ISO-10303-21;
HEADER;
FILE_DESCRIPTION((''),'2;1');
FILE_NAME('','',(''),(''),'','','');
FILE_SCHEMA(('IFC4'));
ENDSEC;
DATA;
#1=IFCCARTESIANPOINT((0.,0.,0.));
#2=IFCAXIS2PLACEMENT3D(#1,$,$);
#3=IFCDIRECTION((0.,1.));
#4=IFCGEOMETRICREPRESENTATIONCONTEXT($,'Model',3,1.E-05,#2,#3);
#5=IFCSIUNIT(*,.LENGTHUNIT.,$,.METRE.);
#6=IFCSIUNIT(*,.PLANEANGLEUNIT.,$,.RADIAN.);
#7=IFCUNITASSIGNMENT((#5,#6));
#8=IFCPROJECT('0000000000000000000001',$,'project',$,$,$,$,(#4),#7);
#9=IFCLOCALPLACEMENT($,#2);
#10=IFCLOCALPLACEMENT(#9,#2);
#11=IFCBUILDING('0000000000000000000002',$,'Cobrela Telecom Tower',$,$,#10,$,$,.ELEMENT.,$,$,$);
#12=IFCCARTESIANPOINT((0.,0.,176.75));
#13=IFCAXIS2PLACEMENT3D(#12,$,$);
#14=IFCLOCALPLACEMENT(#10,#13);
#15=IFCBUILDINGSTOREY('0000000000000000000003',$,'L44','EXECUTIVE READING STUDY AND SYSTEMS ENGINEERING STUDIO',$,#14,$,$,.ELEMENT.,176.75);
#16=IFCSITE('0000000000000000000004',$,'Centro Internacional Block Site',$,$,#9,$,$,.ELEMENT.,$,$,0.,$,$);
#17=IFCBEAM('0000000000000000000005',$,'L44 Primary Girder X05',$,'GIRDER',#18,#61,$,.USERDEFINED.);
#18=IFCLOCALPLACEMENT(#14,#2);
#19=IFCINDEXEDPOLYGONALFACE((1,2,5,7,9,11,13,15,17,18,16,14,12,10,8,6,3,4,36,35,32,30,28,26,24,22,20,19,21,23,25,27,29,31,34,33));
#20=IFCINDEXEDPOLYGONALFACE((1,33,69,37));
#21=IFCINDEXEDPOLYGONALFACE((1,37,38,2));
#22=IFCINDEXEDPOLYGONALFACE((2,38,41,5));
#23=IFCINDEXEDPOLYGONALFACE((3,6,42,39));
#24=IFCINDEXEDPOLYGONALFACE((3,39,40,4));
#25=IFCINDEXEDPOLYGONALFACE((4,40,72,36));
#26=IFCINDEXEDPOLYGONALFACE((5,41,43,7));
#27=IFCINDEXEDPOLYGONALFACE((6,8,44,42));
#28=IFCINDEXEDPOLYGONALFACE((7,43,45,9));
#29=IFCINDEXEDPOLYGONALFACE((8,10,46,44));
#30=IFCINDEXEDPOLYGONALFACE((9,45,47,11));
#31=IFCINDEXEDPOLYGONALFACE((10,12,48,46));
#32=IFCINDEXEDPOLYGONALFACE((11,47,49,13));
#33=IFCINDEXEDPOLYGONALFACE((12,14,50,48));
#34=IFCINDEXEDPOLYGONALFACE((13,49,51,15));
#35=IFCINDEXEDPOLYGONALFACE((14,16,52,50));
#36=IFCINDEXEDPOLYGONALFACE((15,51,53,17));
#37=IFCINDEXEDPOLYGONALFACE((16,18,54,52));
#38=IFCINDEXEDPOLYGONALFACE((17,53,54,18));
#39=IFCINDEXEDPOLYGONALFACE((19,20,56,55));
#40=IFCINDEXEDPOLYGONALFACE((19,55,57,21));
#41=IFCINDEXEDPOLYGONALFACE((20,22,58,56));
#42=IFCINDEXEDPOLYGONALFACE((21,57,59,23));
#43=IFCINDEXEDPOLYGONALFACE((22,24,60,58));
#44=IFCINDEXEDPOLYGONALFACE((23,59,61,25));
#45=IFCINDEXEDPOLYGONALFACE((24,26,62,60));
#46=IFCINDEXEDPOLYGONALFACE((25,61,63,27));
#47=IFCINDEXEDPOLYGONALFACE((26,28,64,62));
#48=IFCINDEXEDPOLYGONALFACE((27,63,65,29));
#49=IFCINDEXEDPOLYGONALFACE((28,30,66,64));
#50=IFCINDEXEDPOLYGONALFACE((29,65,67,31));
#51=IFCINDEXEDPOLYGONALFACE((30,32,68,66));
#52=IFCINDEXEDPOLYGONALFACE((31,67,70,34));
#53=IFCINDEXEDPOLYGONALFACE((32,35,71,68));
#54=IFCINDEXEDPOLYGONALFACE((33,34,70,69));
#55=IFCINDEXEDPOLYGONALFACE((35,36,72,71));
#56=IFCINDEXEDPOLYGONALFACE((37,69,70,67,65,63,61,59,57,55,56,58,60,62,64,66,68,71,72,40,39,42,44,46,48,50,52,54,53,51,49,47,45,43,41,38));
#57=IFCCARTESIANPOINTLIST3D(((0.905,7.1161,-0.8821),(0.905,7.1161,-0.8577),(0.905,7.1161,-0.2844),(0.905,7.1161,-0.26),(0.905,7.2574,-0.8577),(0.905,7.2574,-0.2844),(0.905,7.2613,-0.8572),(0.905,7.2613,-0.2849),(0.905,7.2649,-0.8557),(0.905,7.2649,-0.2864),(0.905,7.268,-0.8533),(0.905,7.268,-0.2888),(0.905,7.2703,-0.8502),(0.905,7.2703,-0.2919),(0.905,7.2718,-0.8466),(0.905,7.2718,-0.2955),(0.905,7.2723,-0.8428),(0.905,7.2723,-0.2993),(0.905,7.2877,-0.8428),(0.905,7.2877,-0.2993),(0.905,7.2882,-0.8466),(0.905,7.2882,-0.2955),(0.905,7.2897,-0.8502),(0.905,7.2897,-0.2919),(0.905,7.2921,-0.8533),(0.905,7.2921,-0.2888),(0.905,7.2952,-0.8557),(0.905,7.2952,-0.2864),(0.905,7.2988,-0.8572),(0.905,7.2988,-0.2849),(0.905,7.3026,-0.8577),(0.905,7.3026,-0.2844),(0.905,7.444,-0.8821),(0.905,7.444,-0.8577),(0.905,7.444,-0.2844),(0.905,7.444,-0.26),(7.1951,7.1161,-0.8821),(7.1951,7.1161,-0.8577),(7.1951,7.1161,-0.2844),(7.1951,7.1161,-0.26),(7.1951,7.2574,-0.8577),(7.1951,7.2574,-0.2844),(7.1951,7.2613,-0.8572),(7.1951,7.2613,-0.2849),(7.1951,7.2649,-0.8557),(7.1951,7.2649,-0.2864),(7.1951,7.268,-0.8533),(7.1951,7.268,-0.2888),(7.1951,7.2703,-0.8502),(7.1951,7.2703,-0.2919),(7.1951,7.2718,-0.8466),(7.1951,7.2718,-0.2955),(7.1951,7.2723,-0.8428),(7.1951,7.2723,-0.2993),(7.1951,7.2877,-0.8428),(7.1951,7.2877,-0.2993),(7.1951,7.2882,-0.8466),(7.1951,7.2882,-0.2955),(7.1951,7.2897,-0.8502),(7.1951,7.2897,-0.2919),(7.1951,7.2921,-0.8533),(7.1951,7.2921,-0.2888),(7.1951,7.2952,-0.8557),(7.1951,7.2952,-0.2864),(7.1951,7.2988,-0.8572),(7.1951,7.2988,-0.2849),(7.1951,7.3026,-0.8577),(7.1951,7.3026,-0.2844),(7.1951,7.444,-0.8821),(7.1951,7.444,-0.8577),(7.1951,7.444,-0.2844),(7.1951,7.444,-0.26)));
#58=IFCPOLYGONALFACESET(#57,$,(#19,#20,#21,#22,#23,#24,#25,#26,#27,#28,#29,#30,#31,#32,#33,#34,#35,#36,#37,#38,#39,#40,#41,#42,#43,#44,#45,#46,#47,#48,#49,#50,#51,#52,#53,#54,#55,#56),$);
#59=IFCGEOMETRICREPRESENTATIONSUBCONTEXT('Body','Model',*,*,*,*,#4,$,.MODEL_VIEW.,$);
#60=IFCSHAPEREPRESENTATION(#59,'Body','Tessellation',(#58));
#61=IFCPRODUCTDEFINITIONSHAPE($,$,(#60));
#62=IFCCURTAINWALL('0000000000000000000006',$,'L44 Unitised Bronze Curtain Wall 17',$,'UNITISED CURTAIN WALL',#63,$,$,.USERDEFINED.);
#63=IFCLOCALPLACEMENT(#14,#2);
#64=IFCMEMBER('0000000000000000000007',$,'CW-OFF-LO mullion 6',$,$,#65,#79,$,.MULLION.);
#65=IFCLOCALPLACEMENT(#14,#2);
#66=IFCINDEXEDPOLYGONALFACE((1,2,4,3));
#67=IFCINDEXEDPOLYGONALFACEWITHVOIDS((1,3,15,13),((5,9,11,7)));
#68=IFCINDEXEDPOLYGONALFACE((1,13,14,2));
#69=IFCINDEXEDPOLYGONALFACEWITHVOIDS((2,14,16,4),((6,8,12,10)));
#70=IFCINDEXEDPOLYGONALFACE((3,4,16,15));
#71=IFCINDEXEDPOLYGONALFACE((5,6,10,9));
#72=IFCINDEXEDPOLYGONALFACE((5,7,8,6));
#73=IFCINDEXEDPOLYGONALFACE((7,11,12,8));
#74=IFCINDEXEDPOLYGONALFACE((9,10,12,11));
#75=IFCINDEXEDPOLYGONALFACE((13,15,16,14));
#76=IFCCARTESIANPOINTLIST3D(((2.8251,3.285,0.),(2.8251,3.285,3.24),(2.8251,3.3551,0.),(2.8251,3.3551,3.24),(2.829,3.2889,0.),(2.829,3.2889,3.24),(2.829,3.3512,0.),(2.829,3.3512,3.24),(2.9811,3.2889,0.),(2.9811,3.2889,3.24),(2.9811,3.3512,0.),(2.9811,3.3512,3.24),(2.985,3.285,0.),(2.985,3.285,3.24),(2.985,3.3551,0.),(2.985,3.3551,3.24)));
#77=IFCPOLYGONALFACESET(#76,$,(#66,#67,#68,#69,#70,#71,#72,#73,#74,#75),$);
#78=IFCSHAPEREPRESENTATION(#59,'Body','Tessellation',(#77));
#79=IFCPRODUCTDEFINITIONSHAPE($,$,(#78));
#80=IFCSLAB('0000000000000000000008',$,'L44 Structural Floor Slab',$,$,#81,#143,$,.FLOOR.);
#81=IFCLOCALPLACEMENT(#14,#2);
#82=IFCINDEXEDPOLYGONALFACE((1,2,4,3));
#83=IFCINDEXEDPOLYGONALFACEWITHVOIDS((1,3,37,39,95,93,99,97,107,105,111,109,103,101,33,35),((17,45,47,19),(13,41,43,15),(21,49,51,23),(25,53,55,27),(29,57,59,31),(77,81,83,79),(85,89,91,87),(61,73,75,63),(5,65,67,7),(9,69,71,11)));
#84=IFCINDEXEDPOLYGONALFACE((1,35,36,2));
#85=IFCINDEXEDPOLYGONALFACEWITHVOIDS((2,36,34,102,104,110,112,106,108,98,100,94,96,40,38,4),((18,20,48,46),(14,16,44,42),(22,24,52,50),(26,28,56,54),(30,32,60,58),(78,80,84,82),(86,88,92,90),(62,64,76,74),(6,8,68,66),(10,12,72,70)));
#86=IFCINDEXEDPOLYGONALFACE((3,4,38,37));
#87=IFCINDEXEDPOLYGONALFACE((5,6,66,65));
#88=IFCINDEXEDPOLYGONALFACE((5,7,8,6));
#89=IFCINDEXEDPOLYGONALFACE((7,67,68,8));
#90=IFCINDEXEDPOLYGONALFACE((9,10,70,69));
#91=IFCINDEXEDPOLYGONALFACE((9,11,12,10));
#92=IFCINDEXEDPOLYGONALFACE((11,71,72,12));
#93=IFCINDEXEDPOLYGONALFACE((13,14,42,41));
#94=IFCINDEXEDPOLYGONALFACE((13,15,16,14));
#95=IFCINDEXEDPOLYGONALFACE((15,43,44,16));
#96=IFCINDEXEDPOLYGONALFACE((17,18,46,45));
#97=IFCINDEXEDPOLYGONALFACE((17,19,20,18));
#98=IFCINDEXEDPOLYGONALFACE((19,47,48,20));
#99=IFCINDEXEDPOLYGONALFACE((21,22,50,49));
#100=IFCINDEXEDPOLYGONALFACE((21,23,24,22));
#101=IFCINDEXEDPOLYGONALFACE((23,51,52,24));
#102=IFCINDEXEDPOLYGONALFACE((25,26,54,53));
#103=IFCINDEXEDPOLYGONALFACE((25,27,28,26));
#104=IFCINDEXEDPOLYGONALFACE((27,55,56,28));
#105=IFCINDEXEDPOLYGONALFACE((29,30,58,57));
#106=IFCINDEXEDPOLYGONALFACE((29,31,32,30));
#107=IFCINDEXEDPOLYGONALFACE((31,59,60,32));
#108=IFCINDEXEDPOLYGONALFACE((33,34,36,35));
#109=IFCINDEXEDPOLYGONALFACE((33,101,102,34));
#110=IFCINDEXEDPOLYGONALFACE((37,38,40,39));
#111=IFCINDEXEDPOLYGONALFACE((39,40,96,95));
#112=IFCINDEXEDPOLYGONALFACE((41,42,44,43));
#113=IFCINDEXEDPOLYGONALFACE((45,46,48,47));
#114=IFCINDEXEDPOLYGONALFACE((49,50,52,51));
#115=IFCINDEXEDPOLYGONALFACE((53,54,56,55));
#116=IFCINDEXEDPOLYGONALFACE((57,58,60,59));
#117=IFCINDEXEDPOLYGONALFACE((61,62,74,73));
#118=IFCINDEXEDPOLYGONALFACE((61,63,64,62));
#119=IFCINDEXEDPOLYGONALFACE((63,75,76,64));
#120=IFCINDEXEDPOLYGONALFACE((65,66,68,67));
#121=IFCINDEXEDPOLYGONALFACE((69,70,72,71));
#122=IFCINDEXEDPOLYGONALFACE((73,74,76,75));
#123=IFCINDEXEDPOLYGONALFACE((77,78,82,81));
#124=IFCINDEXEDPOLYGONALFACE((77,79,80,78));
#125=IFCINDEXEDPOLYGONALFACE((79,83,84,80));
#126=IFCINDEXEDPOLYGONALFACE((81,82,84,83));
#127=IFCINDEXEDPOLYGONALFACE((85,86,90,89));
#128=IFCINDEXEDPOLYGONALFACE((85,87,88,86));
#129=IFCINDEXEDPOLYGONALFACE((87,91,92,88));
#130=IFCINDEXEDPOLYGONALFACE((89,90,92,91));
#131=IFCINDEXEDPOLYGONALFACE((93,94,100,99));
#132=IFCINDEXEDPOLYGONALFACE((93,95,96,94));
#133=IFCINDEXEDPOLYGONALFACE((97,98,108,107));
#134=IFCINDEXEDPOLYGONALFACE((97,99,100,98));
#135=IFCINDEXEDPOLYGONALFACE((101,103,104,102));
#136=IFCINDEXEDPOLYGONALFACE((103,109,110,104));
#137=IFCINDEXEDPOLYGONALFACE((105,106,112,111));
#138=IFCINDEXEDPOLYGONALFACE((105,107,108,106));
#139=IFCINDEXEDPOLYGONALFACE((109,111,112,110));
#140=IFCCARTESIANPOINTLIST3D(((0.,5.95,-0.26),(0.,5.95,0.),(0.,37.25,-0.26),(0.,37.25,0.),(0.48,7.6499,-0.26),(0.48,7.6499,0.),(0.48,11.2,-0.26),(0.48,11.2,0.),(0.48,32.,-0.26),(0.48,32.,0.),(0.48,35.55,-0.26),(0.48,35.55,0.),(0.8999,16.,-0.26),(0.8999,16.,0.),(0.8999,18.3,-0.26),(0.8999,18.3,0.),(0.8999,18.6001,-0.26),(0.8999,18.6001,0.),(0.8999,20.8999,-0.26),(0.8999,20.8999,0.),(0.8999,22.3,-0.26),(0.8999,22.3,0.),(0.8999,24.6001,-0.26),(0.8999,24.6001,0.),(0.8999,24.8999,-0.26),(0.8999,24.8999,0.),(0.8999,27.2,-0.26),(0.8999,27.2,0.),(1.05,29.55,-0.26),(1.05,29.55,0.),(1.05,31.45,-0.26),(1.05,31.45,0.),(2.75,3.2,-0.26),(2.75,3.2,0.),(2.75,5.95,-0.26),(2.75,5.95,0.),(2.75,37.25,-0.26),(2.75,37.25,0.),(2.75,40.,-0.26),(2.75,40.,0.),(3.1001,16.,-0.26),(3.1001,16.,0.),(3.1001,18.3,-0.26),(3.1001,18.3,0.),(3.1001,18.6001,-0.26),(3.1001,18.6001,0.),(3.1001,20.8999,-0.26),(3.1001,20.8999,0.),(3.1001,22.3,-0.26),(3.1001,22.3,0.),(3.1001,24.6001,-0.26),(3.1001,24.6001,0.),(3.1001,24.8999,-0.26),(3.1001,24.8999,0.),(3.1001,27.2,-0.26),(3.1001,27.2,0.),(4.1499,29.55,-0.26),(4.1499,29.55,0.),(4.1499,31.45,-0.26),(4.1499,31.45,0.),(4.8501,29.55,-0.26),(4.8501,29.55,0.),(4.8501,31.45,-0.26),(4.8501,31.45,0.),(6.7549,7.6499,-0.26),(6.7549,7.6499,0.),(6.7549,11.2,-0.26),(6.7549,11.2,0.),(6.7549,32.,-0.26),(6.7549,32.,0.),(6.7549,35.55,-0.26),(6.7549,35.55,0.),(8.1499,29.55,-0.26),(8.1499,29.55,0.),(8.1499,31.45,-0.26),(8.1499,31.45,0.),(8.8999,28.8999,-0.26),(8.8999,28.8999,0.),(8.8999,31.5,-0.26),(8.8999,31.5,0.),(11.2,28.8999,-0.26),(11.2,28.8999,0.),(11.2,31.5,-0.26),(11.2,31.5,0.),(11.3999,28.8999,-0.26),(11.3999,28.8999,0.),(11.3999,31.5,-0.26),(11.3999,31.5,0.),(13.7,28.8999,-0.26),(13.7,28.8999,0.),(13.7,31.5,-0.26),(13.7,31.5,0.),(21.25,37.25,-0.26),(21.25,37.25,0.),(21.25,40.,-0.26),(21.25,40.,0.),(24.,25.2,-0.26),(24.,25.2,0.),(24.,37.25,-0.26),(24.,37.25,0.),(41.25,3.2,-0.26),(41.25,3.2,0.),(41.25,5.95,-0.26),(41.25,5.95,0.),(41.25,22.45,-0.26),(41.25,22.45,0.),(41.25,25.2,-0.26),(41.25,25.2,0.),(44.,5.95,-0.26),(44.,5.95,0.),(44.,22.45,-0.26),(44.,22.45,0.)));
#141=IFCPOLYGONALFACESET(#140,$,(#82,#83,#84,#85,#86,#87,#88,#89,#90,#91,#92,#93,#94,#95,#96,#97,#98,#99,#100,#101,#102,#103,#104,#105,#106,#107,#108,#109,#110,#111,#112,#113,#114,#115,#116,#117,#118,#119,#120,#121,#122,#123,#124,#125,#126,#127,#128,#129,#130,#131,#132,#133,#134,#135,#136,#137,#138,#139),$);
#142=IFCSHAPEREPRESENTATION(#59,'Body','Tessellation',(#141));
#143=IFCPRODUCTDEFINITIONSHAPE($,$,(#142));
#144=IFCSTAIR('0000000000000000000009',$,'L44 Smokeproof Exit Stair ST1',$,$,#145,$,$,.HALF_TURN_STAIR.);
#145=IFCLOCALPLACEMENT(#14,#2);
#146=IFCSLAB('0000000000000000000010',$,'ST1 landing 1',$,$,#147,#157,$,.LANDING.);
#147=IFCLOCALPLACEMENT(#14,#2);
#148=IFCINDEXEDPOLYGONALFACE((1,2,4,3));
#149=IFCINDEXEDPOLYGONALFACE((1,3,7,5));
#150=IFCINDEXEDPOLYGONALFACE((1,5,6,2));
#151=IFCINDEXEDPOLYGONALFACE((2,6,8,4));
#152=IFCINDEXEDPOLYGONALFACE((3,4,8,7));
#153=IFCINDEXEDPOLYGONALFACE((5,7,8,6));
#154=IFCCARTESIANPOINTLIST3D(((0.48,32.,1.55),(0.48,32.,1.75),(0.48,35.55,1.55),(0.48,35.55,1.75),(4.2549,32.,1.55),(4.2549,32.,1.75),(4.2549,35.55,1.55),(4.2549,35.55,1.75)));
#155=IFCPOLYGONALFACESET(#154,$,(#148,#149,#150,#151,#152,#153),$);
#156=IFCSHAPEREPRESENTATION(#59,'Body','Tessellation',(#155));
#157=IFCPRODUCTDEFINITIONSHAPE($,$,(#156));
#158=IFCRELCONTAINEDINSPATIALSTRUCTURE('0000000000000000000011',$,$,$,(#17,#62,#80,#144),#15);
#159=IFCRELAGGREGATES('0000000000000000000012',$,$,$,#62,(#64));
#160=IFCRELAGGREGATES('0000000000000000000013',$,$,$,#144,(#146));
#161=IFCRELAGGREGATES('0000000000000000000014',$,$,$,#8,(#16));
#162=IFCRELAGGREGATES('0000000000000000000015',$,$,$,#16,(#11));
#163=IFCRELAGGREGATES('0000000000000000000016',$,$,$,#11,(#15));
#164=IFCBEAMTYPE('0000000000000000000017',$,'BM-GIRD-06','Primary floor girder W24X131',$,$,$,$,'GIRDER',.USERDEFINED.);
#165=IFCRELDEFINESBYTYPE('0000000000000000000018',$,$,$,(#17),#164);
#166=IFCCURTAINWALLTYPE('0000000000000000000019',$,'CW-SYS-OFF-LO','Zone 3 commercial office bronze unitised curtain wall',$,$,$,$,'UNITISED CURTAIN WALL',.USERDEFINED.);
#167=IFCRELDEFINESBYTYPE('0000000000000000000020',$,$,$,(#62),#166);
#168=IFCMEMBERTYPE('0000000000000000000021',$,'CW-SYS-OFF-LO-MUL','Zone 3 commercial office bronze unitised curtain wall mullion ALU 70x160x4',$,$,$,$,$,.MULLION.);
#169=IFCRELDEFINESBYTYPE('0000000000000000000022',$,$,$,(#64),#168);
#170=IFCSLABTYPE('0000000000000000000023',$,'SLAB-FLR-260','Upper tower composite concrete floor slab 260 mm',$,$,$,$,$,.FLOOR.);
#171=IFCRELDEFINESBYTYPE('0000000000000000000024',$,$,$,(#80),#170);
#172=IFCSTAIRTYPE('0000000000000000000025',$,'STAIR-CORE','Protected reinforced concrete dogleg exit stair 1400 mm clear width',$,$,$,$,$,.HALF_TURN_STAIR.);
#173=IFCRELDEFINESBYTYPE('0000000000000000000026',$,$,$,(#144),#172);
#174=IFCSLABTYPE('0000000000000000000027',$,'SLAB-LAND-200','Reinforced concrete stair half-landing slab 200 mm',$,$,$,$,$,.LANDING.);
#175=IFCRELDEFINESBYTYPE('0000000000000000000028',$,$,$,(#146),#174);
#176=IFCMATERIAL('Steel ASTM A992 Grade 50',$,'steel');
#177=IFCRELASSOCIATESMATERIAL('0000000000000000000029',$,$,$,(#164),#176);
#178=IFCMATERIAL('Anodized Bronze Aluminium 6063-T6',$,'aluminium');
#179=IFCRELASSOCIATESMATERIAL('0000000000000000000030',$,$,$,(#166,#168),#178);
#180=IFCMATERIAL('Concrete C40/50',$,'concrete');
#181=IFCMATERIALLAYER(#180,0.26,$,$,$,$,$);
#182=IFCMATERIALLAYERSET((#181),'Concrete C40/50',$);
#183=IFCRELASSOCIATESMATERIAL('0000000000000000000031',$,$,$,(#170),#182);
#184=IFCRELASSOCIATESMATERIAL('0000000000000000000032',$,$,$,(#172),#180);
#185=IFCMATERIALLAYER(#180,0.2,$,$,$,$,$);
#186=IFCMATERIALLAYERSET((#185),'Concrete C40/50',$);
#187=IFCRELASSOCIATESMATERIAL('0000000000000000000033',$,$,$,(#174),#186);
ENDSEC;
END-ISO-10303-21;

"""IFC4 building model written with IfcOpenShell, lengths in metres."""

from ifc_helpers import new_model, si_unit, direction, frame, origin, origin_2d, place, context, subcontext, project, spatial, polyline, hollow_rectangle, i_section, outline, extrude, material, layer, layer_set, material_profile, profile_set, type_object, element, aggregate, save


model = new_model("IFC4")

# Units and contexts
model_context = context("Model", 3, precision=1e-05, world=origin(), true_north=direction((0.0, 1.0)))
body_context = subcontext(model_context, "Body", "Model", "MODEL_VIEW")
ifc_project = project(units=[si_unit("LENGTHUNIT", "METRE"), si_unit("PLANEANGLEUNIT", "RADIAN")], contexts=[model_context])

# Site, building, storey
site_placement = place(None, origin())
site = spatial("IfcSite", under=ifc_project, at=site_placement, Name="Centro Internacional Block Site", CompositionType="ELEMENT", RefElevation=0.0)
building_placement = place(site_placement, origin())
building = spatial("IfcBuilding", under=site, at=building_placement, Name="Cobrela Telecom Tower", CompositionType="ELEMENT")
storey_placement = place(building_placement, frame((0.0, 0.0, 176.75)))
storey = spatial("IfcBuildingStorey", under=building, at=storey_placement, Name="L44", Description="EXECUTIVE READING STUDY AND SYSTEMS ENGINEERING STUDIO", CompositionType="ELEMENT", Elevation=176.75)

# Beam
ifc_material_1 = material(Name="Steel ASTM A992 Grade 50", Category="steel")
ifc_material_profile_1 = material_profile(ifc_material_1, i_section(OverallWidth=0.3279, OverallDepth=0.6221, WebThickness=0.0154, FlangeThickness=0.0244, FilletRadius=0.0149, at=origin_2d()), Name="W24X131")
ifc_profile_set_1 = profile_set([ifc_material_profile_1], Name="Steel ASTM A992 Grade 50")
beam_type = type_object("IfcBeamType", Name="BM-GIRD-06", Description="Primary floor girder W24X131", ElementType="GIRDER", PredefinedType="USERDEFINED", material=ifc_profile_set_1)
beam_placement = place(storey_placement, frame((0.905, 7.28, -0.571), z_axis=(1.0, 0.0, 0.0), x_axis=(0.0, 1.0, 0.0)))
element("IfcBeam", 1, at=beam_placement, inside=storey, type_object=beam_type, Name="L44 Primary Girder X05", ObjectType="GIRDER", PredefinedType="USERDEFINED", context=body_context, shape_type="SweptSolid", body=[
    extrude(i_section(OverallWidth=0.3279, OverallDepth=0.6221, WebThickness=0.0154, FlangeThickness=0.0244, FilletRadius=0.0149, at=origin_2d()), origin(), (0.0, 0.0, 1.0), 6.29),
])

# Curtain wall, member
ifc_material_2 = material(Name="Anodized Bronze Aluminium 6063-T6", Category="aluminium")
curtain_wall_type = type_object("IfcCurtainWallType", Name="CW-SYS-OFF-LO", Description="Zone 3 commercial office bronze unitised curtain wall", ElementType="UNITISED CURTAIN WALL", PredefinedType="USERDEFINED", material=ifc_material_2)
curtain_wall_placement = place(storey_placement, origin())
curtain_wall = element("IfcCurtainWall", 2, at=curtain_wall_placement, inside=storey, type_object=curtain_wall_type, Name="L44 Unitised Bronze Curtain Wall 17", ObjectType="UNITISED CURTAIN WALL", PredefinedType="USERDEFINED")
ifc_material_profile_2 = material_profile(ifc_material_2, hollow_rectangle(XDim=0.0701, YDim=0.1599, WallThickness=0.0039, at=origin_2d()), Name="ALU 70x160x4")
ifc_profile_set_2 = profile_set([ifc_material_profile_2], Name="Anodized Bronze Aluminium 6063-T6")
member_type = type_object("IfcMemberType", Name="CW-SYS-OFF-LO-MUL", Description="Zone 3 commercial office bronze unitised curtain wall mullion ALU 70x160x4", PredefinedType="MULLION", material=ifc_profile_set_2)
member_placement = place(storey_placement, frame((2.905, 3.3201, 0.0), z_axis=(0.0, 0.0, 1.0), x_axis=(0.0, -1.0, 0.0)))
member = element("IfcMember", 3, at=member_placement, type_object=member_type, Name="CW-OFF-LO mullion 6", PredefinedType="MULLION", context=body_context, shape_type="SweptSolid", body=[
    extrude(hollow_rectangle(XDim=0.0701, YDim=0.1599, WallThickness=0.0039, at=origin_2d()), origin(), (0.0, 0.0, 1.0), 3.24),
])
aggregate(curtain_wall, [member])

# Slab, openings
ifc_material_3 = material(Name="Concrete C40/50", Category="concrete")
ifc_layer_1 = layer(ifc_material_3, 0.26)
ifc_layer_set_1 = layer_set([ifc_layer_1], Name="Concrete C40/50")
slab_type_1 = type_object("IfcSlabType", Name="SLAB-FLR-260", Description="Upper tower composite concrete floor slab 260 mm", PredefinedType="FLOOR", material=ifc_layer_set_1)
slab_1_placement = place(storey_placement, frame((0.0, 0.0, -0.26)))
slab_1 = element("IfcSlab", 4, at=slab_1_placement, inside=storey, type_object=slab_type_1, Name="L44 Structural Floor Slab", PredefinedType="FLOOR", context=body_context, shape_type="SweptSolid", body=[
    extrude(outline(polyline([(2.75, 3.2), (41.25, 3.2), (41.25, 5.95), (44.0, 5.95), (44.0, 22.45), (41.25, 22.45), (41.25, 25.2), (24.0, 25.2), (24.0, 37.25), (21.25, 37.25), (21.25, 40.0), (2.75, 40.0), (2.75, 37.25), (0.0, 37.25), (0.0, 5.95), (2.75, 5.95), (2.75, 3.2)])), origin(), (0.0, 0.0, 1.0), 0.26),
])
opening_1_placement = place(slab_1_placement, frame((0.0, 0.0, -0.02)))
element("IfcOpeningElement", 5, at=opening_1_placement, cuts=slab_1, PredefinedType="OPENING", context=body_context, shape_type="SweptSolid", body=[
    extrude(outline(polyline([(8.8999, 28.8999), (11.2, 28.8999), (11.2, 31.5), (8.8999, 31.5), (8.8999, 28.8999)])), origin(), (0.0, 0.0, 1.0), 0.3),
])
opening_2_placement = place(slab_1_placement, frame((0.0, 0.0, -0.02)))
element("IfcOpeningElement", 6, at=opening_2_placement, cuts=slab_1, PredefinedType="OPENING", context=body_context, shape_type="SweptSolid", body=[
    extrude(outline(polyline([(11.3999, 28.8999), (13.7, 28.8999), (13.7, 31.5), (11.3999, 31.5), (11.3999, 28.8999)])), origin(), (0.0, 0.0, 1.0), 0.3),
])
opening_3_placement = place(slab_1_placement, frame((0.0, 0.0, -0.02)))
element("IfcOpeningElement", 7, at=opening_3_placement, cuts=slab_1, PredefinedType="OPENING", context=body_context, shape_type="SweptSolid", body=[
    extrude(outline(polyline([(0.8999, 16.0), (3.1001, 16.0), (3.1001, 18.3), (0.8999, 18.3), (0.8999, 16.0)])), origin(), (0.0, 0.0, 1.0), 0.3),
])
opening_4_placement = place(slab_1_placement, frame((0.0, 0.0, -0.02)))
element("IfcOpeningElement", 8, at=opening_4_placement, cuts=slab_1, PredefinedType="OPENING", context=body_context, shape_type="SweptSolid", body=[
    extrude(outline(polyline([(0.8999, 18.6001), (3.1001, 18.6001), (3.1001, 20.8999), (0.8999, 20.8999), (0.8999, 18.6001)])), origin(), (0.0, 0.0, 1.0), 0.3),
])
opening_5_placement = place(slab_1_placement, frame((0.0, 0.0, -0.02)))
element("IfcOpeningElement", 9, at=opening_5_placement, cuts=slab_1, PredefinedType="OPENING", context=body_context, shape_type="SweptSolid", body=[
    extrude(outline(polyline([(0.8999, 22.3), (3.1001, 22.3), (3.1001, 24.6001), (0.8999, 24.6001), (0.8999, 22.3)])), origin(), (0.0, 0.0, 1.0), 0.3),
])
opening_6_placement = place(slab_1_placement, frame((0.0, 0.0, -0.02)))
element("IfcOpeningElement", 10, at=opening_6_placement, cuts=slab_1, PredefinedType="OPENING", context=body_context, shape_type="SweptSolid", body=[
    extrude(outline(polyline([(0.8999, 24.8999), (3.1001, 24.8999), (3.1001, 27.2), (0.8999, 27.2), (0.8999, 24.8999)])), origin(), (0.0, 0.0, 1.0), 0.3),
])
opening_7_placement = place(slab_1_placement, frame((0.0, 0.0, -0.02)))
element("IfcOpeningElement", 11, at=opening_7_placement, cuts=slab_1, PredefinedType="OPENING", context=body_context, shape_type="SweptSolid", body=[
    extrude(outline(polyline([(1.05, 29.55), (4.1499, 29.55), (4.1499, 31.45), (1.05, 31.45), (1.05, 29.55)])), origin(), (0.0, 0.0, 1.0), 0.3),
])
opening_8_placement = place(slab_1_placement, frame((0.0, 0.0, -0.02)))
element("IfcOpeningElement", 12, at=opening_8_placement, cuts=slab_1, PredefinedType="OPENING", context=body_context, shape_type="SweptSolid", body=[
    extrude(outline(polyline([(4.8501, 29.55), (8.1499, 29.55), (8.1499, 31.45), (4.8501, 31.45), (4.8501, 29.55)])), origin(), (0.0, 0.0, 1.0), 0.3),
])
opening_9_placement = place(slab_1_placement, frame((0.0, 0.0, -0.02)))
element("IfcOpeningElement", 13, at=opening_9_placement, cuts=slab_1, PredefinedType="OPENING", context=body_context, shape_type="SweptSolid", body=[
    extrude(outline(polyline([(6.7549, 35.55), (0.48, 35.55), (0.48, 32.0), (6.7549, 32.0), (6.7549, 35.55)])), origin(), (0.0, 0.0, 1.0), 0.3),
])
opening_10_placement = place(slab_1_placement, frame((0.0, 0.0, -0.02)))
element("IfcOpeningElement", 14, at=opening_10_placement, cuts=slab_1, PredefinedType="OPENING", context=body_context, shape_type="SweptSolid", body=[
    extrude(outline(polyline([(6.7549, 11.2), (0.48, 11.2), (0.48, 7.6499), (6.7549, 7.6499), (6.7549, 11.2)])), origin(), (0.0, 0.0, 1.0), 0.3),
])

# Stair, slab
stair_type = type_object("IfcStairType", Name="STAIR-CORE", Description="Protected reinforced concrete dogleg exit stair 1400 mm clear width", PredefinedType="HALF_TURN_STAIR", material=ifc_material_3)
stair_1_placement = place(storey_placement, origin())
stair_1 = element("IfcStair", 15, at=stair_1_placement, inside=storey, type_object=stair_type, Name="L44 Smokeproof Exit Stair ST1", PredefinedType="HALF_TURN_STAIR")
ifc_layer_2 = layer(ifc_material_3, 0.2)
ifc_layer_set_2 = layer_set([ifc_layer_2], Name="Concrete C40/50")
slab_type_2 = type_object("IfcSlabType", Name="SLAB-LAND-200", Description="Reinforced concrete stair half-landing slab 200 mm", PredefinedType="LANDING", material=ifc_layer_set_2)
slab_2_placement = place(storey_placement, frame((0.0, 0.0, 1.55)))
slab_2 = element("IfcSlab", 16, at=slab_2_placement, type_object=slab_type_2, Name="ST1 landing 1", PredefinedType="LANDING", context=body_context, shape_type="SweptSolid", body=[
    extrude(outline(polyline([(4.2549, 35.55), (0.48, 35.55), (0.48, 32.0), (4.2549, 32.0), (4.2549, 35.55)])), origin(), (0.0, 0.0, 1.0), 0.2),
])
aggregate(stair_1, [slab_2])

save(model, "model.ifc")
